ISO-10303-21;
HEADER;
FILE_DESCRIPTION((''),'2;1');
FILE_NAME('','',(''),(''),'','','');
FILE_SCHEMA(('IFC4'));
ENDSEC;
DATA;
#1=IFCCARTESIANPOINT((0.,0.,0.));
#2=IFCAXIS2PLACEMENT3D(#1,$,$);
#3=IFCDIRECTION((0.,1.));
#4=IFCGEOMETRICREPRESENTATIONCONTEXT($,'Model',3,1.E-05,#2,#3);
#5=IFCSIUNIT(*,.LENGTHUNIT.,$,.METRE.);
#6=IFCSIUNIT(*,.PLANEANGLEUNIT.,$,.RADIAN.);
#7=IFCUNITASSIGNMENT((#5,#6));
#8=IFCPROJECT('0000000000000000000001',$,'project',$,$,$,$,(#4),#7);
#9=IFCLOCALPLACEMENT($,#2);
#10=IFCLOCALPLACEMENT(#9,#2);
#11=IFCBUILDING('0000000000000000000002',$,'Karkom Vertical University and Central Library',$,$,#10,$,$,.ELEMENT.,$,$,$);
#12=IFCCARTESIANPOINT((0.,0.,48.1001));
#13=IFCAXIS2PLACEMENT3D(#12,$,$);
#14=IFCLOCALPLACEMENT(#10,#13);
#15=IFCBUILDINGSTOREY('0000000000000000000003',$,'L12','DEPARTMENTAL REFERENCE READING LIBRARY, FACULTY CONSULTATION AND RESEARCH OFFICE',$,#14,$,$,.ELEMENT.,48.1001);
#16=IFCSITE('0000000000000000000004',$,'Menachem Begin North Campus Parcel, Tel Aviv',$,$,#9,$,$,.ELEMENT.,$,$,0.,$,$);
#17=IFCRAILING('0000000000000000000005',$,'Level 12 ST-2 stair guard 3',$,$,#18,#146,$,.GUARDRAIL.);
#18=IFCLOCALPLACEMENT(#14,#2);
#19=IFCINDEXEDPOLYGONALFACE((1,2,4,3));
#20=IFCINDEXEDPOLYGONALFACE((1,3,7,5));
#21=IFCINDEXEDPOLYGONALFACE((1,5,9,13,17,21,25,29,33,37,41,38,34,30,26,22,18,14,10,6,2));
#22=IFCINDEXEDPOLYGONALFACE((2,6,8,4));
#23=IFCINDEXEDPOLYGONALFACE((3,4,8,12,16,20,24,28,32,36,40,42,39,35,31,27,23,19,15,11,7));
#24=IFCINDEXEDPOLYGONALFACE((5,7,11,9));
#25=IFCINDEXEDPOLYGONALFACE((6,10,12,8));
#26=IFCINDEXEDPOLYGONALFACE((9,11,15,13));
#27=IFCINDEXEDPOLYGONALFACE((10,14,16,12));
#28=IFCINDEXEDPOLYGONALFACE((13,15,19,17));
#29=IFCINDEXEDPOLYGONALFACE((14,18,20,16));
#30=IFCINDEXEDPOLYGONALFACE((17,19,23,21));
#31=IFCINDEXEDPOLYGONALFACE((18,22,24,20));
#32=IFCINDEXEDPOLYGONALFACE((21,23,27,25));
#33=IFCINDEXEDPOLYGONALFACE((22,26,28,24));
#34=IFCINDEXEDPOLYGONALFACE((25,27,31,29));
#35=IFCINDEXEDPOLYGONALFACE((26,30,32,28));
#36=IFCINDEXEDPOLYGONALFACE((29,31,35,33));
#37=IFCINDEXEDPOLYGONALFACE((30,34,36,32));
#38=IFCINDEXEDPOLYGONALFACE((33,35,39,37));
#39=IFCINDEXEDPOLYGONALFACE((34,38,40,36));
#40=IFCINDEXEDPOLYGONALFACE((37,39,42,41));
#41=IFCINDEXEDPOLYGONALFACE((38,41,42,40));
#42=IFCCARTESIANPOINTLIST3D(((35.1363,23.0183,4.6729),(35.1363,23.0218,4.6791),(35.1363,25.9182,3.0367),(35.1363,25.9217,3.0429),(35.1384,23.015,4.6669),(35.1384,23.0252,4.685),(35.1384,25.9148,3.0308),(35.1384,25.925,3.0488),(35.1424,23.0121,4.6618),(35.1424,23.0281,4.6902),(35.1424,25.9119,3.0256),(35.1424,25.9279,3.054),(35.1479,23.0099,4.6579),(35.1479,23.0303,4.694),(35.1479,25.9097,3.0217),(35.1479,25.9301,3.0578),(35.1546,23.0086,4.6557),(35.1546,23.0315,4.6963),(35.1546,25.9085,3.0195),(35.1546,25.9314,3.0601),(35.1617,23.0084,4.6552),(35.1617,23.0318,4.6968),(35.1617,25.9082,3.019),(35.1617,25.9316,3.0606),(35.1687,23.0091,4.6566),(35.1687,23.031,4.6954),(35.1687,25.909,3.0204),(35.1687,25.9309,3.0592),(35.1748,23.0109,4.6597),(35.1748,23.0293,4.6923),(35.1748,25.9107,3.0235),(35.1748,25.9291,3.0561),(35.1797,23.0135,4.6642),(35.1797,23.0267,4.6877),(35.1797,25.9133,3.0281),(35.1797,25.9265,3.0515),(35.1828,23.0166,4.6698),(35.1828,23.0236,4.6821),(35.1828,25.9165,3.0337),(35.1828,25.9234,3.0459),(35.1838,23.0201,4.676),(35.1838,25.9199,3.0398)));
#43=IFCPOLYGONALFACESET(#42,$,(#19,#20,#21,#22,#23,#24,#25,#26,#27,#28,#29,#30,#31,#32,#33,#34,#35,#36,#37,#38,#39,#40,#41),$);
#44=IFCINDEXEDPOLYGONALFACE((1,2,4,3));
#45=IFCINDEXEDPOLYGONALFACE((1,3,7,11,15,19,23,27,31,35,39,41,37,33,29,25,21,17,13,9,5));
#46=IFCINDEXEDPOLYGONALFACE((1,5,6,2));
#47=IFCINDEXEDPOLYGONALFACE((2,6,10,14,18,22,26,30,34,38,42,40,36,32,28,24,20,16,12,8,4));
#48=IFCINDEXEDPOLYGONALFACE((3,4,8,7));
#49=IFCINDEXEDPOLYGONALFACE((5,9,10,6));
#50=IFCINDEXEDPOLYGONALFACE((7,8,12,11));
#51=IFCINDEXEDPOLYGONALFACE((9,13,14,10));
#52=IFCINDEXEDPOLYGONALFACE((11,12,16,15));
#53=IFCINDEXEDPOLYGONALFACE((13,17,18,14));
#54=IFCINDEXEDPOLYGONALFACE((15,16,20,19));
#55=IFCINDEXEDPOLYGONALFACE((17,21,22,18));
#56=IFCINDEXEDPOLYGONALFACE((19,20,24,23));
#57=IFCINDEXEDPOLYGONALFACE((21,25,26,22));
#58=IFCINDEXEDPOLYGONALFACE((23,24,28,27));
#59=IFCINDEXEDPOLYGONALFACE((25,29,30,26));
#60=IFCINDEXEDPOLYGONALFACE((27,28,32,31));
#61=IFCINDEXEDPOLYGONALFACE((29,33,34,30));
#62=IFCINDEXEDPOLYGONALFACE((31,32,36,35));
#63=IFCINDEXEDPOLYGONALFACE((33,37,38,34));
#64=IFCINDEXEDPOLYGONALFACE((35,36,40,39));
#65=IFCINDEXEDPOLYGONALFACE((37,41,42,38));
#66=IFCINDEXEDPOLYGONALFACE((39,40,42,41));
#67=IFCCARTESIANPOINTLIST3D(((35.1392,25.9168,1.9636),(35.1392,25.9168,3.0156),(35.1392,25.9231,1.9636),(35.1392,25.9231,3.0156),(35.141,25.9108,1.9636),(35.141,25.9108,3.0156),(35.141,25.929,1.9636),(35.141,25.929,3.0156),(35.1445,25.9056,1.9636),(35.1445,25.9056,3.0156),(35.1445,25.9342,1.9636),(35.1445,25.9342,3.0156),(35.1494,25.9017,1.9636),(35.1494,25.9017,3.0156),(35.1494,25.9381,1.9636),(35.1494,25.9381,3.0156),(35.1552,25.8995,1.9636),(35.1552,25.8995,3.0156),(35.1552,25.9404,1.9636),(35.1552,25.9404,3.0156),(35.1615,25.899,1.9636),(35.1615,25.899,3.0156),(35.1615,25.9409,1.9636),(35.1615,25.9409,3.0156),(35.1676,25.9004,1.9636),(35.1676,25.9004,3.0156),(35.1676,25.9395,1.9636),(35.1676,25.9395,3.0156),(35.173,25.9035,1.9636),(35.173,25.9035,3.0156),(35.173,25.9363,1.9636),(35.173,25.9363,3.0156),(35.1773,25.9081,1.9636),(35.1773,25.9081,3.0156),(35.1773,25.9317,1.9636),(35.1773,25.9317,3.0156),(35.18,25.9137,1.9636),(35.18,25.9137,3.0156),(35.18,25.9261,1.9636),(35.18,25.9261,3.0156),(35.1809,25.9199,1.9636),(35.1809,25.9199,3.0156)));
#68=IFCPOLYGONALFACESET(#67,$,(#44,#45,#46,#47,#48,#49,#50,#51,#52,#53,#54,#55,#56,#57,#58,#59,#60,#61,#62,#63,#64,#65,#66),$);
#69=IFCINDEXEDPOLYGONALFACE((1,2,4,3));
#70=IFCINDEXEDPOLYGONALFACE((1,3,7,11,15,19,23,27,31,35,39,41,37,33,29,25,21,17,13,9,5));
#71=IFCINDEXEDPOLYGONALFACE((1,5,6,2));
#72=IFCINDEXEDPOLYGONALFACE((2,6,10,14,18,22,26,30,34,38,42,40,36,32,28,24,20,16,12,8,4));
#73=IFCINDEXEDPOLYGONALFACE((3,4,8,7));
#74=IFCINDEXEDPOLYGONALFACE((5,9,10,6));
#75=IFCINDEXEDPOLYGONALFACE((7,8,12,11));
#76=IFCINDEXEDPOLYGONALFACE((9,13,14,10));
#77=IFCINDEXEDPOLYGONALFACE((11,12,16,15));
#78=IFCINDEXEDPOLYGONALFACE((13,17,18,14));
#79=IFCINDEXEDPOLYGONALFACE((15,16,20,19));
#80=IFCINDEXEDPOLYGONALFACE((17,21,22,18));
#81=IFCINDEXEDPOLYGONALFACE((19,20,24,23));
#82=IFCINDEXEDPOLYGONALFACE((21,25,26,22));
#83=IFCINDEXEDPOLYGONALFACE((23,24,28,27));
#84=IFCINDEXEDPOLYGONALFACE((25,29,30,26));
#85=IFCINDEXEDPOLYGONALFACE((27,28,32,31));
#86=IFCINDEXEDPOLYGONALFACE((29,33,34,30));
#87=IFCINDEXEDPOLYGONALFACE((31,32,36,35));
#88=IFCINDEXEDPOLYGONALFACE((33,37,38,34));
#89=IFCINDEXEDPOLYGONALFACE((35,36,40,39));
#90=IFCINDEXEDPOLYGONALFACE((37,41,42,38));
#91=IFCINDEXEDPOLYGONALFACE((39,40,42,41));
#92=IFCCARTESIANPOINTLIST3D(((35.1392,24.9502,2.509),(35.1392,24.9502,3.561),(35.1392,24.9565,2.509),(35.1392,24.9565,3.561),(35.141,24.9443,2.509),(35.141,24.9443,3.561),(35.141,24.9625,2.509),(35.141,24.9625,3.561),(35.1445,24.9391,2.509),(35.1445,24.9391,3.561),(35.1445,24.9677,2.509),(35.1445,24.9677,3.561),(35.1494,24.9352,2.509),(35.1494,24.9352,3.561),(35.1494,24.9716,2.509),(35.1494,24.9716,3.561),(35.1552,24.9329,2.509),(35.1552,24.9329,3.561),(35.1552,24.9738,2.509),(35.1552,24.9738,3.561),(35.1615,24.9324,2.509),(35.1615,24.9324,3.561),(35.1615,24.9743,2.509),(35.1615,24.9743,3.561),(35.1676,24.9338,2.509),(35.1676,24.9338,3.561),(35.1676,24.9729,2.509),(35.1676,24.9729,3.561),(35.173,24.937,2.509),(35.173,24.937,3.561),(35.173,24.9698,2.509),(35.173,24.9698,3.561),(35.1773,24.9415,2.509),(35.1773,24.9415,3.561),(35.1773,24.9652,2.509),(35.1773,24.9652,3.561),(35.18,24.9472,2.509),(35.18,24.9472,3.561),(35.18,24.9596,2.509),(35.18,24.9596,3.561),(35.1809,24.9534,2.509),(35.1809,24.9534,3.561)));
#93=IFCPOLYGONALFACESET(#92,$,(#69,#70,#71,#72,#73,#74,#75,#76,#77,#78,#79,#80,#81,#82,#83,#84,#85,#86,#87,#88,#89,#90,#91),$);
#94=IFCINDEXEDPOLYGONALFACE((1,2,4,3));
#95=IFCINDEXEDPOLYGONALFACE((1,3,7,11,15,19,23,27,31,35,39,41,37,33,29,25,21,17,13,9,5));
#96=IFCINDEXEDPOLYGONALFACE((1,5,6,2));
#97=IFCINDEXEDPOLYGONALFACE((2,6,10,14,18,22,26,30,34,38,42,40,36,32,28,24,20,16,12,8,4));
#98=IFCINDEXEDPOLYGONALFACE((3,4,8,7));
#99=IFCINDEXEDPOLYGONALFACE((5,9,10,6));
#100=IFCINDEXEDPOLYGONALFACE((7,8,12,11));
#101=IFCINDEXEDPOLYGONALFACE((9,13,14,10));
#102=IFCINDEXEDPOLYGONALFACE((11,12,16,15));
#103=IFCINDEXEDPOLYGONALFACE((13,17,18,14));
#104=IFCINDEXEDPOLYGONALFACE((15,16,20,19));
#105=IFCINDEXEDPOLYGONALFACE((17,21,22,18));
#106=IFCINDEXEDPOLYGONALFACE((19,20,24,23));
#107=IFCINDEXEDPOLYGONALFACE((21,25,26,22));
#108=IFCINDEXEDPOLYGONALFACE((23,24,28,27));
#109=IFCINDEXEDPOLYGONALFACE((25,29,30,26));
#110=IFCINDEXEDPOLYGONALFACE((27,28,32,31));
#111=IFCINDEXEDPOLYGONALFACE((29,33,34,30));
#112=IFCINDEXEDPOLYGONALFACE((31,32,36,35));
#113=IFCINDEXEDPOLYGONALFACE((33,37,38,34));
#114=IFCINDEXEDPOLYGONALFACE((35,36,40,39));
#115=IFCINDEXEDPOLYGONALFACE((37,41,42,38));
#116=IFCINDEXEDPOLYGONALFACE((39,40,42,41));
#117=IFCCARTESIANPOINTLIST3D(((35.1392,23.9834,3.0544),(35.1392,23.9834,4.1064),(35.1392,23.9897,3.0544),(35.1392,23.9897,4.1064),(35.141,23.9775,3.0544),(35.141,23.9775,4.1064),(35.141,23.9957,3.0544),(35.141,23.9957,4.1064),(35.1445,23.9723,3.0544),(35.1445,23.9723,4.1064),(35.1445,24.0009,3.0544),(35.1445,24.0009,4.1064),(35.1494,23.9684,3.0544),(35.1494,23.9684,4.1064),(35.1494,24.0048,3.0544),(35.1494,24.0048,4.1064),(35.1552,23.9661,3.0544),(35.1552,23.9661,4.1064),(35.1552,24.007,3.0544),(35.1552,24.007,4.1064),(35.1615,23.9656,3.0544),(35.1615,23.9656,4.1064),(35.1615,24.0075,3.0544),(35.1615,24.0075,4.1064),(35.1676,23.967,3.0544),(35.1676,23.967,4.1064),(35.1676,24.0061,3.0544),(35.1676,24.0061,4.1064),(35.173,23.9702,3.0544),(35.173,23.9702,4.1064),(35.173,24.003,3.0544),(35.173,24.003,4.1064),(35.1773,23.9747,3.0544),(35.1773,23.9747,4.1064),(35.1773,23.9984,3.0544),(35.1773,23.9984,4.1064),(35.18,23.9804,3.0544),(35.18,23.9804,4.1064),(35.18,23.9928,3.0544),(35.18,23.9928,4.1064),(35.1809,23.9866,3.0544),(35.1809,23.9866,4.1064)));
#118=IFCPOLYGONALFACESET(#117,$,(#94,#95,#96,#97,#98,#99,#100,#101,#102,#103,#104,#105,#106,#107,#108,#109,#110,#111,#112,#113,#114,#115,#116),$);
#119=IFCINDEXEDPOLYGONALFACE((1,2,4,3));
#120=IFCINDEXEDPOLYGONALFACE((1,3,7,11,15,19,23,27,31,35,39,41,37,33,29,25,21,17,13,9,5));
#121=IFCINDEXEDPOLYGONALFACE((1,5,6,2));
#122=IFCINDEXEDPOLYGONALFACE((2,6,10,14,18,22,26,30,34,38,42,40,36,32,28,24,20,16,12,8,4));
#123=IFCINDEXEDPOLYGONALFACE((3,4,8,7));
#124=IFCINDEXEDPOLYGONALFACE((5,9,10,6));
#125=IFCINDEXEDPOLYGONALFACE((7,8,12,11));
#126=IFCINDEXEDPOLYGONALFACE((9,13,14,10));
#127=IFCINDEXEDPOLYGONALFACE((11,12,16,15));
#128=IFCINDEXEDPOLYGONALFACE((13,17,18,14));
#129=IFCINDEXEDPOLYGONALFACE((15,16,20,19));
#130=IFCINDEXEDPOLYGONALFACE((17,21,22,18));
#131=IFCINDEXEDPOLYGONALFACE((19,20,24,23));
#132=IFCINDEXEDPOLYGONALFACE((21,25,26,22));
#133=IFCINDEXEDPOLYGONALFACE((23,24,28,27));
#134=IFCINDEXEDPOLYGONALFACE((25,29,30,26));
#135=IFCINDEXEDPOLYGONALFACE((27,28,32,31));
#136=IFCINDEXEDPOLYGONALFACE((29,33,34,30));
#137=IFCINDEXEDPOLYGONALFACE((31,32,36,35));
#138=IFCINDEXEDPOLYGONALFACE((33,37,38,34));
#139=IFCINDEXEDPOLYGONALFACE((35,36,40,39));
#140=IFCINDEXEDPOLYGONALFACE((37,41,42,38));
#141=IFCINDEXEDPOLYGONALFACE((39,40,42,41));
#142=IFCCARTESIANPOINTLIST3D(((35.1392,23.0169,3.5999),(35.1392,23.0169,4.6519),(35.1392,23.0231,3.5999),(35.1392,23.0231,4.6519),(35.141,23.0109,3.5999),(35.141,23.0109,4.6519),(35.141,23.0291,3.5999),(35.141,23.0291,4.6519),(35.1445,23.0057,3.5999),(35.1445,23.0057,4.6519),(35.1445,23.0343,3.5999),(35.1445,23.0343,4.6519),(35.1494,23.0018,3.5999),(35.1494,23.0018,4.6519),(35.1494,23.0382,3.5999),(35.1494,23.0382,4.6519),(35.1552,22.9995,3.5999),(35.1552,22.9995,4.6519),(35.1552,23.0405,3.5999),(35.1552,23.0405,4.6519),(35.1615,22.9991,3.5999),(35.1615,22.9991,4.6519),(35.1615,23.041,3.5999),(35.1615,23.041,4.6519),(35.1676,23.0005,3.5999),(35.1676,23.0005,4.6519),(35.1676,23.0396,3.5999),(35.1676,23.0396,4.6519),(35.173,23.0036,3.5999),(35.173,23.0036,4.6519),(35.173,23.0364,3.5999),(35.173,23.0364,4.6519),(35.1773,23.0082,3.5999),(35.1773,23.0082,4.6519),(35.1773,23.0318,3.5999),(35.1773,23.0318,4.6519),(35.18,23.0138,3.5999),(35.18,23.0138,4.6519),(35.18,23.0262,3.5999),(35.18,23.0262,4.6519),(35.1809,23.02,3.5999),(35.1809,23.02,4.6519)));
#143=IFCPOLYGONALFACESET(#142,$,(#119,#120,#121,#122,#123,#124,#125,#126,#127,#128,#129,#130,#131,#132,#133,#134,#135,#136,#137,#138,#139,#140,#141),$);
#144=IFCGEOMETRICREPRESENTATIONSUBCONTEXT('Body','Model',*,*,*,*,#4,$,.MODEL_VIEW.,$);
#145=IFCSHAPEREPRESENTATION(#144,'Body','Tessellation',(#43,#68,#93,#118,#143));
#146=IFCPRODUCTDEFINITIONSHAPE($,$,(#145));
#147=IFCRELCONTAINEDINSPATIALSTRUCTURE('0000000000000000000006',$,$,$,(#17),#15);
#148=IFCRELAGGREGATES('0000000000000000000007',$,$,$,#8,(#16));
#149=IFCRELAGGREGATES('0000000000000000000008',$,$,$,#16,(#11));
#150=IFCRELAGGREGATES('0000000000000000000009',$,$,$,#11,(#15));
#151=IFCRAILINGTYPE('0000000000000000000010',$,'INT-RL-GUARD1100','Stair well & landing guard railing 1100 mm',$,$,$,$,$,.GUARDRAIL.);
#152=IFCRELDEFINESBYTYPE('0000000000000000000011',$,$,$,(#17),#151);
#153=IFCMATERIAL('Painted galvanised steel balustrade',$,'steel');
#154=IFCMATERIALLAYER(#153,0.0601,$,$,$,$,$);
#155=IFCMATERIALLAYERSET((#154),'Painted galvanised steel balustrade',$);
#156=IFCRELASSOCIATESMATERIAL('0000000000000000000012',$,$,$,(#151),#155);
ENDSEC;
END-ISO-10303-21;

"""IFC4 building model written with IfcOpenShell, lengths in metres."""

from ifc_helpers import new_model, si_unit, direction, frame, origin, origin_2d, place, context, subcontext, project, spatial, circle, extrude, material, layer, layer_set, type_object, element, save


model = new_model("IFC4")

# Units and contexts
model_context = context("Model", 3, precision=1e-05, world=origin(), true_north=direction((0.0, 1.0)))
body_context = subcontext(model_context, "Body", "Model", "MODEL_VIEW")
ifc_project = project(units=[si_unit("LENGTHUNIT", "METRE"), si_unit("PLANEANGLEUNIT", "RADIAN")], contexts=[model_context])

# Site, building, storey
site_placement = place(None, origin())
site = spatial("IfcSite", under=ifc_project, at=site_placement, Name="Menachem Begin North Campus Parcel, Tel Aviv", CompositionType="ELEMENT", RefElevation=0.0)
building_placement = place(site_placement, origin())
building = spatial("IfcBuilding", under=site, at=building_placement, Name="Karkom Vertical University and Central Library", CompositionType="ELEMENT")
storey_placement = place(building_placement, frame((0.0, 0.0, 48.1001)))
storey = spatial("IfcBuildingStorey", under=building, at=storey_placement, Name="L12", Description="DEPARTMENTAL REFERENCE READING LIBRARY, FACULTY CONSULTATION AND RESEARCH OFFICE", CompositionType="ELEMENT", Elevation=48.1001)

# Railing
ifc_material_1 = material(Name="Painted galvanised steel balustrade", Category="steel")
ifc_layer_1 = layer(ifc_material_1, 0.0601)
ifc_layer_set_1 = layer_set([ifc_layer_1], Name="Painted galvanised steel balustrade")
railing_type = type_object("IfcRailingType", Name="INT-RL-GUARD1100", Description="Stair well & landing guard railing 1100 mm", PredefinedType="GUARDRAIL", material=ifc_layer_set_1)
railing_1_placement = place(storey_placement, frame((35.1599, 25.9199, 1.9636)))
element("IfcRailing", 1, at=railing_1_placement, inside=storey, type_object=railing_type, Name="Level 12 ST-2 stair guard 3", PredefinedType="GUARDRAIL", context=body_context, shape_type="SweptSolid", body=[
    extrude(circle(Radius=0.0239, at=origin_2d()), frame((0.0, 0.0, 1.0762), z_axis=(0.0, -0.870929, 0.49141), x_axis=(1.0, 0.0, 0.0)), (0.0, 0.0, 1.0), 3.3296),
    extrude(circle(Radius=0.021, at=origin_2d()), origin(), (0.0, 0.0, 1.0), 1.052),
    extrude(circle(Radius=0.021, at=origin_2d()), frame((0.0, -0.9666, 0.5454)), (0.0, 0.0, 1.0), 1.052),
    extrude(circle(Radius=0.021, at=origin_2d()), frame((0.0, -1.9333, 1.0908)), (0.0, 0.0, 1.0), 1.052),
    extrude(circle(Radius=0.021, at=origin_2d()), frame((0.0, -2.8999, 1.6362)), (0.0, 0.0, 1.0), 1.052),
])

save(model, "model.ifc")
